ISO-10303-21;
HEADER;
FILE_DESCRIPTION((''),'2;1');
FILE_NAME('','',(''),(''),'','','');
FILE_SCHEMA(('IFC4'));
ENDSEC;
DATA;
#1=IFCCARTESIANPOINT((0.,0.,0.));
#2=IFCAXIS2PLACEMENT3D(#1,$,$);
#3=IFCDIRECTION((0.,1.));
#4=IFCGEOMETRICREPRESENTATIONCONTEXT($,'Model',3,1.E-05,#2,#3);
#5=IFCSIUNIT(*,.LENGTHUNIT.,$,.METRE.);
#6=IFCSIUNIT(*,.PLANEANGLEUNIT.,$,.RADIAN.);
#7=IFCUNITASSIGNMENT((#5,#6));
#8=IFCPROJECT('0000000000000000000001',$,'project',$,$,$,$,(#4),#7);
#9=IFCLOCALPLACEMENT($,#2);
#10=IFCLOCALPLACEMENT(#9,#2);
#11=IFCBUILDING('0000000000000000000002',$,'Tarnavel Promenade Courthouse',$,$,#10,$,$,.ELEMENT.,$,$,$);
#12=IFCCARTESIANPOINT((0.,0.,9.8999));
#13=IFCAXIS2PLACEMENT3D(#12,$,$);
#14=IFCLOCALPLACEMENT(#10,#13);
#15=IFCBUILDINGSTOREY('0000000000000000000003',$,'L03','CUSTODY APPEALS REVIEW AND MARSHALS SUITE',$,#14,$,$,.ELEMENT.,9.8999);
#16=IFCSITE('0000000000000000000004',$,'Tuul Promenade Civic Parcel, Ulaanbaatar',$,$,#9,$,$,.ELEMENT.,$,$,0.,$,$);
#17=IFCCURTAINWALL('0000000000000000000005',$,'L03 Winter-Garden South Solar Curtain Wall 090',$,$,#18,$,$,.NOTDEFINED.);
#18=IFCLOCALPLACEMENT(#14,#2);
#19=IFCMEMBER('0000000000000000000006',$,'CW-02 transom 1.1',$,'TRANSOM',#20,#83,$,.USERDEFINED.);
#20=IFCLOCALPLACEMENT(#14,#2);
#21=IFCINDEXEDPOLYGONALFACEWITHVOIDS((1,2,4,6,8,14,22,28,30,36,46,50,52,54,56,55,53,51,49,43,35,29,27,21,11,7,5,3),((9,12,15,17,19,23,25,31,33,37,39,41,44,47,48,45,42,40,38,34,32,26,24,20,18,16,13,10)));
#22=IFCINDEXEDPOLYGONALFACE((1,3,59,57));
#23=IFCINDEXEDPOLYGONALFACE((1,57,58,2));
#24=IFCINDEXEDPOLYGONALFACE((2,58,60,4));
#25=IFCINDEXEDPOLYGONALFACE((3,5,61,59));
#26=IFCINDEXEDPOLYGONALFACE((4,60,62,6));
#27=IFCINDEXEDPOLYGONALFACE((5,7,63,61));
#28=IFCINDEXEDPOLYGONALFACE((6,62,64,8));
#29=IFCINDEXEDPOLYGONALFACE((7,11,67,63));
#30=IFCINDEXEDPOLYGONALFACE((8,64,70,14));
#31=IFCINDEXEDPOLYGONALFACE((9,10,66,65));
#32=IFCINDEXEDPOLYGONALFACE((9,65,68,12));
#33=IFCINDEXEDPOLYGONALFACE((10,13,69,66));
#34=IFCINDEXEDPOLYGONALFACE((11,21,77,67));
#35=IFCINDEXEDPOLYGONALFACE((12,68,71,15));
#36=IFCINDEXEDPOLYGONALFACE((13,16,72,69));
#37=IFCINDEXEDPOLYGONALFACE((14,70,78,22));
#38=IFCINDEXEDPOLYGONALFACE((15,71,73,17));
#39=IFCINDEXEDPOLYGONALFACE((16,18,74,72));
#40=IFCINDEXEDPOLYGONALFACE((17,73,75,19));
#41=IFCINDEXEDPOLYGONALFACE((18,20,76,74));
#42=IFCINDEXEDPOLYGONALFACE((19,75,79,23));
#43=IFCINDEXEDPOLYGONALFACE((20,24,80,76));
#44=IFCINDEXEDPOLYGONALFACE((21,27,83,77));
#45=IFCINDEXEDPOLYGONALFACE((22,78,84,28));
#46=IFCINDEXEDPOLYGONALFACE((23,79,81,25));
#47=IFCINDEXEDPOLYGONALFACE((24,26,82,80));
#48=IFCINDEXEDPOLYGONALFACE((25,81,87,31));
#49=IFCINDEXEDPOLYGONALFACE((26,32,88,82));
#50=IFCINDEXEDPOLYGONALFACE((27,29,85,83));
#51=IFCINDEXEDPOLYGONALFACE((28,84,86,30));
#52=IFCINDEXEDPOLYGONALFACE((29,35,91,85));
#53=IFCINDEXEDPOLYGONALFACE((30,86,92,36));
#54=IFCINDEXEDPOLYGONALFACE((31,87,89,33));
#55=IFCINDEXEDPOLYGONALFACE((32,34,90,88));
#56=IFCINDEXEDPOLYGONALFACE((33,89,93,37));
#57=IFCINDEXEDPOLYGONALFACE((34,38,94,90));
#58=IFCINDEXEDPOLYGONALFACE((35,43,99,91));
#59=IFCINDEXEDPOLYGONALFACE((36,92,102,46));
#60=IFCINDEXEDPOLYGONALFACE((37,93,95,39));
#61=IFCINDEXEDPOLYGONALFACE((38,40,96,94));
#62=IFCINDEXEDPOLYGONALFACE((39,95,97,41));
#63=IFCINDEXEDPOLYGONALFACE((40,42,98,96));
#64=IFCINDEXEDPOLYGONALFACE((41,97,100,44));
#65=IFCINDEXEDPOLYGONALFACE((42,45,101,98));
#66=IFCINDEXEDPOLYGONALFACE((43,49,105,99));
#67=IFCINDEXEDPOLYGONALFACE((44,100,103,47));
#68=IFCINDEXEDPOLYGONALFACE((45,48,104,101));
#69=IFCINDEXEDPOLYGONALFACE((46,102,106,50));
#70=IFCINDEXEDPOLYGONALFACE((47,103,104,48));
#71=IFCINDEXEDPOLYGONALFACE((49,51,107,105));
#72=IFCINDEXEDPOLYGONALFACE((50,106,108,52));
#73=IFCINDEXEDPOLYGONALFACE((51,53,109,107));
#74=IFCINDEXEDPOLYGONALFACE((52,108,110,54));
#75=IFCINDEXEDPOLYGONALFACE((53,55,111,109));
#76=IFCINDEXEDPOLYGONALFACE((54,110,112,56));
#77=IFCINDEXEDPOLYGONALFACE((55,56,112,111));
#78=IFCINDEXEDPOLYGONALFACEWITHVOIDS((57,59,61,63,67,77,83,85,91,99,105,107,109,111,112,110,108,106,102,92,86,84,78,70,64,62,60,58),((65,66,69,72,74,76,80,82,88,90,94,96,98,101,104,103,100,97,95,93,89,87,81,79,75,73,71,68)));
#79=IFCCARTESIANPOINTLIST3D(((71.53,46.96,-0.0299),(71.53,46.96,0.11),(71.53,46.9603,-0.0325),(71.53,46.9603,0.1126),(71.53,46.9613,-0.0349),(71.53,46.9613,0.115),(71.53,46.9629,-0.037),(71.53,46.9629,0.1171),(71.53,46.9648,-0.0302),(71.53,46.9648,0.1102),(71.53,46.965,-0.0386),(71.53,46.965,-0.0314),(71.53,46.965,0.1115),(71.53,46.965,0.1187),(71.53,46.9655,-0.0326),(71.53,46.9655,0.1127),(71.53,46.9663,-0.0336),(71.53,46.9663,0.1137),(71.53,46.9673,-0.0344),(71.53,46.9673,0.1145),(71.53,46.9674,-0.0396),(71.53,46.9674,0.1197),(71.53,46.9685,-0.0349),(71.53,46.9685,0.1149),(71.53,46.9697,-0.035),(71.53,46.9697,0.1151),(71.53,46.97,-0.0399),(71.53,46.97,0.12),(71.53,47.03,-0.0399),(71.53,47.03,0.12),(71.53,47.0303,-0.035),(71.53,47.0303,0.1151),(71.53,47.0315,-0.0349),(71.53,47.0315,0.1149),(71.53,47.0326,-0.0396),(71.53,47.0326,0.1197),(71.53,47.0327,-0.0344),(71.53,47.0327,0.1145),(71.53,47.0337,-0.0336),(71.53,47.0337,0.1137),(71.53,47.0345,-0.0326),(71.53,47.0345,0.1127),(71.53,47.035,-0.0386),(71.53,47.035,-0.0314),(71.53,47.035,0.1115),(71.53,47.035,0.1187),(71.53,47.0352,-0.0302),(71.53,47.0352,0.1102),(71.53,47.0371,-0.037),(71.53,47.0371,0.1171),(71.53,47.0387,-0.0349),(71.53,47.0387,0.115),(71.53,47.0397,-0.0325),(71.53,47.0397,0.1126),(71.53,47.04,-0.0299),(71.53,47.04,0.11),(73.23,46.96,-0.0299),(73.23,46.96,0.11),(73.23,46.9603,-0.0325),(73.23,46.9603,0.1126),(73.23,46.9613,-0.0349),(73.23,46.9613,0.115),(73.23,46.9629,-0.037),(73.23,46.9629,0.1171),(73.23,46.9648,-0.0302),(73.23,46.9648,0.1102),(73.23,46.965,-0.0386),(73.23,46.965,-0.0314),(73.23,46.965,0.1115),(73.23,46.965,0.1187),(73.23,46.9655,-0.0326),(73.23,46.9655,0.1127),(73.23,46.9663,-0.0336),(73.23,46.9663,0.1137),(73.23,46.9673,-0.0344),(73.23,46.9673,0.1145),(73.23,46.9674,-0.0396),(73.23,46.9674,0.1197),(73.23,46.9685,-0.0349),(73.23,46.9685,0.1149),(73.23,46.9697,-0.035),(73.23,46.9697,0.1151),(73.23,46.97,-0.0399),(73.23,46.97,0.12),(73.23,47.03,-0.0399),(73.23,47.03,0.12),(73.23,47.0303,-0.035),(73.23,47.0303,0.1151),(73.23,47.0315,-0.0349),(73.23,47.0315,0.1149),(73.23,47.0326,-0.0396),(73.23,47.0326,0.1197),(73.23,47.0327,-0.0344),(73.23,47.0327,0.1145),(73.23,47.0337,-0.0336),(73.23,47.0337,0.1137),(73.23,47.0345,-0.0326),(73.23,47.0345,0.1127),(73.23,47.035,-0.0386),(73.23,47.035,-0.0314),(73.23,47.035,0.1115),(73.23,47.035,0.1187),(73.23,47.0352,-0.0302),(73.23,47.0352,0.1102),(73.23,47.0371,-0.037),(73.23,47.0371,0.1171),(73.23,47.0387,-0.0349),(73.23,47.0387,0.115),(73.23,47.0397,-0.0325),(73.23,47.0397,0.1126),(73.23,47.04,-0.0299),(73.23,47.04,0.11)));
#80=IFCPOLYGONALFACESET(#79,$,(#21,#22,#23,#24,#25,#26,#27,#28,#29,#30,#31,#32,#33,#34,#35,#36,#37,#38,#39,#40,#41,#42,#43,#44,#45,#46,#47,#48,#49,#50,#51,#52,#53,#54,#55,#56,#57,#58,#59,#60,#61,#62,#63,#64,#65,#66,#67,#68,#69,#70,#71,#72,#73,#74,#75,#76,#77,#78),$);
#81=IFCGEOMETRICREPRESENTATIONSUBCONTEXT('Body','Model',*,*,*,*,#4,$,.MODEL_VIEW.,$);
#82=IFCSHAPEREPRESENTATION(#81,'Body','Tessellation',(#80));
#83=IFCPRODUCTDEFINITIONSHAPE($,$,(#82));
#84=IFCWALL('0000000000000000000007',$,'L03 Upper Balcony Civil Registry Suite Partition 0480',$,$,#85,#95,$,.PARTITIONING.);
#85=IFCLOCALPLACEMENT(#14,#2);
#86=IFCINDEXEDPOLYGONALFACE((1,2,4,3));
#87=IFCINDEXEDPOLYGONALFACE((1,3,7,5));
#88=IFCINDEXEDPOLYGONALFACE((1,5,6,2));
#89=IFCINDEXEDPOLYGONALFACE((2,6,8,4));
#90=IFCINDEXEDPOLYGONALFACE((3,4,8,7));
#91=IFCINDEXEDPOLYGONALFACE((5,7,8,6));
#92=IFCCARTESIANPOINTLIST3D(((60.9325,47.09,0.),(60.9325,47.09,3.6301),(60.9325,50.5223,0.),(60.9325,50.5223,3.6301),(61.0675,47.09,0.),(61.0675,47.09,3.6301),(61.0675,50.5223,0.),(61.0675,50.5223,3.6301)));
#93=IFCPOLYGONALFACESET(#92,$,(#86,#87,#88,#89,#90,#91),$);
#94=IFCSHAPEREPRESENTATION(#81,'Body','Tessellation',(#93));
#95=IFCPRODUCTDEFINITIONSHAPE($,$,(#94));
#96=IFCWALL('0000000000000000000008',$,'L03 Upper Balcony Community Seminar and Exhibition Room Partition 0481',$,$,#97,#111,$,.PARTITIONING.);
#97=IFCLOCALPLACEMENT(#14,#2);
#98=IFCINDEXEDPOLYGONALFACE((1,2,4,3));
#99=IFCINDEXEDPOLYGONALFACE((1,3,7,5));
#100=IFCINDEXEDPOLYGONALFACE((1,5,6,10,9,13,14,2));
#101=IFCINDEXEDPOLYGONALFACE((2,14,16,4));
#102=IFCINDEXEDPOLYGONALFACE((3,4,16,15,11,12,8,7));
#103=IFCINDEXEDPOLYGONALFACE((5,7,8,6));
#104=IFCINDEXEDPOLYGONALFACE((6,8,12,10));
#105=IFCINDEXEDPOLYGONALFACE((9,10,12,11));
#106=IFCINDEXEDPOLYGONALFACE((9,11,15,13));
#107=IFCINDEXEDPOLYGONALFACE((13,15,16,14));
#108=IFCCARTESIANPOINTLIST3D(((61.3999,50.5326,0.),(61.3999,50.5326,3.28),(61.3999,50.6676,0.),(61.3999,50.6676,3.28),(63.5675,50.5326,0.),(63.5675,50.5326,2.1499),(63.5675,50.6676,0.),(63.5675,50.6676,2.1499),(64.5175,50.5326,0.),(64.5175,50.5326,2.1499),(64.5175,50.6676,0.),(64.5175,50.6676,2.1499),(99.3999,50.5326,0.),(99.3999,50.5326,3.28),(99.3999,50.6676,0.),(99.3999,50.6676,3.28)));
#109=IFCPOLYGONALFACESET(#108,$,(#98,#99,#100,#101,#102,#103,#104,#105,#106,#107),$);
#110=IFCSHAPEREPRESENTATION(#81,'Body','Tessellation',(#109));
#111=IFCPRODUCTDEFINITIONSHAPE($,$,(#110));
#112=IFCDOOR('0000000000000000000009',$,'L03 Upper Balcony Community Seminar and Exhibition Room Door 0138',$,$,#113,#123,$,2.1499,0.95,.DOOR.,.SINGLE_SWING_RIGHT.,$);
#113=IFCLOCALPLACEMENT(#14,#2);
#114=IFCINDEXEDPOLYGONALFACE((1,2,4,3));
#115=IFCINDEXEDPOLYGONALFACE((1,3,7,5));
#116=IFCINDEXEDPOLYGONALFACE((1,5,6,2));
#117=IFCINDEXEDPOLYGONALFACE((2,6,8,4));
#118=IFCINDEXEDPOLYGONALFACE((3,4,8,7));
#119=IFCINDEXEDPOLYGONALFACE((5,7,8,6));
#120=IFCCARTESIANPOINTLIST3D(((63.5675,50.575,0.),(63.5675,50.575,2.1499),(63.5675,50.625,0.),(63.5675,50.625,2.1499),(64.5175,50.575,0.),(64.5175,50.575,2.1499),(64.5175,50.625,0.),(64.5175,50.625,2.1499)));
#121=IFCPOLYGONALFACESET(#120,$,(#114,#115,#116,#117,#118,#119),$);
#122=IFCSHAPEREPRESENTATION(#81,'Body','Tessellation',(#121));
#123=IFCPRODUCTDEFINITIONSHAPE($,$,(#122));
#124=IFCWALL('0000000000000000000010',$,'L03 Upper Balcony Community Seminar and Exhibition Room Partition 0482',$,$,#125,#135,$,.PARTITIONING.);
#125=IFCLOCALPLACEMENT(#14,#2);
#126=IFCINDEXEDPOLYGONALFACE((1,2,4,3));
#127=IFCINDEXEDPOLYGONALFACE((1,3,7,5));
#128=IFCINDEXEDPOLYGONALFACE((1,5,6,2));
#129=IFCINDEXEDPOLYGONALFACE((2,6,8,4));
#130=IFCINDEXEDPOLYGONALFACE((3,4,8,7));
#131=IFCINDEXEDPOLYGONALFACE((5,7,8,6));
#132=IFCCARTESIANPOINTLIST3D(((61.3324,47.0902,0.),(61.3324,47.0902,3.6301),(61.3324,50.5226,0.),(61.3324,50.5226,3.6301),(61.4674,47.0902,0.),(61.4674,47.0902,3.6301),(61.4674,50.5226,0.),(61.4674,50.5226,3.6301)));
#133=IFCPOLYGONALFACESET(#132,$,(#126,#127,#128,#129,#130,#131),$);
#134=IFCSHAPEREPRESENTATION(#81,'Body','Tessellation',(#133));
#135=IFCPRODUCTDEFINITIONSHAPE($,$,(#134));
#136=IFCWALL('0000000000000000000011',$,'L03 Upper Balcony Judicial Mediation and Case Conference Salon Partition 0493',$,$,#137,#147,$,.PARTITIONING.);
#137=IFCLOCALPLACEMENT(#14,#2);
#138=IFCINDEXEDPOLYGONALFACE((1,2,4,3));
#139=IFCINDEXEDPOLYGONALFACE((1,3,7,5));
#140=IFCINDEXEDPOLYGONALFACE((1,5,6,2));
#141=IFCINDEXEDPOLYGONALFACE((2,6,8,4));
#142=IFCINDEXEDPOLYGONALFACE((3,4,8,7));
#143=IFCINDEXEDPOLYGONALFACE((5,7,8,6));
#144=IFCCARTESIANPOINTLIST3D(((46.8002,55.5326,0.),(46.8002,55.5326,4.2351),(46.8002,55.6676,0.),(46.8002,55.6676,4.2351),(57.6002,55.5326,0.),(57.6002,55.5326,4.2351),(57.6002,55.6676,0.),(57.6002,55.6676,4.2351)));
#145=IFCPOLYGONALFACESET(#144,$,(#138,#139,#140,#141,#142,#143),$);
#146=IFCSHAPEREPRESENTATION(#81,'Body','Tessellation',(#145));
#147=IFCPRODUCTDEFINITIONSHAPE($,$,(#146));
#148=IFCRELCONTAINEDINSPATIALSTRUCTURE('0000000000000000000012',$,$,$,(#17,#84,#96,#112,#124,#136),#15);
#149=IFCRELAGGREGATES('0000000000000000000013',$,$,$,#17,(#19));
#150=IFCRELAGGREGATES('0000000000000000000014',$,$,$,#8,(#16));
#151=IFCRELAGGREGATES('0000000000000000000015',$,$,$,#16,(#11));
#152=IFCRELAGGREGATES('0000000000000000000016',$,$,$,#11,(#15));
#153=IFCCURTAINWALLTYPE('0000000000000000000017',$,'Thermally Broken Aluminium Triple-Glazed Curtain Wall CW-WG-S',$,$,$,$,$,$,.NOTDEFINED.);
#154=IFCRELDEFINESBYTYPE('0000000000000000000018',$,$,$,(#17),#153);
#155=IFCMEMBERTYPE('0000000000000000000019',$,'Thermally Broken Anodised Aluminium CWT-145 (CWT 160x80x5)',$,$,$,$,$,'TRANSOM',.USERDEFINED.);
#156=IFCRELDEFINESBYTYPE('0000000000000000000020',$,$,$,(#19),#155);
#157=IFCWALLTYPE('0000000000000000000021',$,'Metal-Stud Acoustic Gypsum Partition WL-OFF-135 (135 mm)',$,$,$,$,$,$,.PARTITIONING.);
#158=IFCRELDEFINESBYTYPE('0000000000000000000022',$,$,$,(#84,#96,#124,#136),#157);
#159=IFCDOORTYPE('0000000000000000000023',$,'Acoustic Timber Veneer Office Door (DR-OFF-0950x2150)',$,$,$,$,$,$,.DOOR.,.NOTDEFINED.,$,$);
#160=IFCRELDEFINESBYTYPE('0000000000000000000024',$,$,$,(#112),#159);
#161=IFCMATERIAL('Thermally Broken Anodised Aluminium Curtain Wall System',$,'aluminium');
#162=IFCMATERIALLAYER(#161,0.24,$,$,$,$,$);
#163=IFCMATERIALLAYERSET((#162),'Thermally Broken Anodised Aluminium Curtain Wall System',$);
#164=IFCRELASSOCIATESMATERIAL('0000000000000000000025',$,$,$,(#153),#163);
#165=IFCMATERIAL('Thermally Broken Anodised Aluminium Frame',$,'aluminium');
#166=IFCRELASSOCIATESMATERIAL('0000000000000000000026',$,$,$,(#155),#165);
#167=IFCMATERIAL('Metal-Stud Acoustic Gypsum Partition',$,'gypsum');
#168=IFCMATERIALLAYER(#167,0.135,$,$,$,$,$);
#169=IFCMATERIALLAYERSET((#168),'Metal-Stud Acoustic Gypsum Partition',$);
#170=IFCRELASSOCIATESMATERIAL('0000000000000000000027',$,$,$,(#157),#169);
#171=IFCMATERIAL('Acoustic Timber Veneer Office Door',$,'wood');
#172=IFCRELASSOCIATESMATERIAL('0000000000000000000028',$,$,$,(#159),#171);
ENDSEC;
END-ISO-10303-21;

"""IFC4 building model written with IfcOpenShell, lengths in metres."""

from ifc_helpers import new_model, si_unit, direction, frame, frame_2d, origin, origin_2d, place, context, subcontext, project, spatial, rectangle, hollow_rectangle, extrude, material, layer, layer_set, material_profile, profile_set, type_object, element, fill, aggregate, save


model = new_model("IFC4")

# Units and contexts
model_context = context("Model", 3, precision=1e-05, world=origin(), true_north=direction((0.0, 1.0)))
body_context = subcontext(model_context, "Body", "Model", "MODEL_VIEW")
ifc_project = project(units=[si_unit("LENGTHUNIT", "METRE"), si_unit("PLANEANGLEUNIT", "RADIAN")], contexts=[model_context])

# Site, building, storey
site_placement = place(None, origin())
site = spatial("IfcSite", under=ifc_project, at=site_placement, Name="Tuul Promenade Civic Parcel, Ulaanbaatar", CompositionType="ELEMENT", RefElevation=0.0)
building_placement = place(site_placement, origin())
building = spatial("IfcBuilding", under=site, at=building_placement, Name="Tarnavel Promenade Courthouse", CompositionType="ELEMENT")
storey_placement = place(building_placement, frame((0.0, 0.0, 9.8999)))
storey = spatial("IfcBuildingStorey", under=building, at=storey_placement, Name="L03", Description="CUSTODY APPEALS REVIEW AND MARSHALS SUITE", CompositionType="ELEMENT", Elevation=9.8999)

# Curtain wall, member
ifc_material_1 = material(Name="Thermally Broken Anodised Aluminium Curtain Wall System", Category="aluminium")
ifc_layer_1 = layer(ifc_material_1, 0.24)
ifc_layer_set_1 = layer_set([ifc_layer_1], Name="Thermally Broken Anodised Aluminium Curtain Wall System")
curtain_wall_type = type_object("IfcCurtainWallType", Name="Thermally Broken Aluminium Triple-Glazed Curtain Wall CW-WG-S", PredefinedType="NOTDEFINED", material=ifc_layer_set_1)
curtain_wall_placement = place(storey_placement, origin())
curtain_wall = element("IfcCurtainWall", 1, at=curtain_wall_placement, inside=storey, type_object=curtain_wall_type, Name="L03 Winter-Garden South Solar Curtain Wall 090", PredefinedType="NOTDEFINED")
ifc_material_2 = material(Name="Thermally Broken Anodised Aluminium Frame", Category="aluminium")
ifc_material_profile_1 = material_profile(ifc_material_2, hollow_rectangle(XDim=0.0801, YDim=0.1599, WallThickness=0.0049, InnerFilletRadius=0.0049, OuterFilletRadius=0.01, at=origin_2d()), Name="CWT 160x80x5")
ifc_profile_set_1 = profile_set([ifc_material_profile_1], Name="Thermally Broken Anodised Aluminium Frame")
member_type_1 = type_object("IfcMemberType", Name="Thermally Broken Anodised Aluminium CWT-145 (CWT 160x80x5)", ElementType="TRANSOM", PredefinedType="USERDEFINED", material=ifc_profile_set_1)
member_1_placement = place(storey_placement, frame((71.53, 47.0, 0.04), z_axis=(1.0, 0.0, 0.0), x_axis=(0.0, 1.0, 0.0)))
member_1 = element("IfcMember", 2, at=member_1_placement, type_object=member_type_1, Name="CW-02 transom 1.1", ObjectType="TRANSOM", PredefinedType="USERDEFINED", context=body_context, shape_type="SweptSolid", body=[
    extrude(hollow_rectangle(XDim=0.0801, YDim=0.1599, WallThickness=0.0049, InnerFilletRadius=0.0049, OuterFilletRadius=0.01, at=origin_2d()), origin(), (0.0, 0.0, 1.0), 1.7),
])
aggregate(curtain_wall, [member_1])

# Wall
ifc_material_3 = material(Name="Metal-Stud Acoustic Gypsum Partition", Category="gypsum")
ifc_layer_2 = layer(ifc_material_3, 0.135)
ifc_layer_set_2 = layer_set([ifc_layer_2], Name="Metal-Stud Acoustic Gypsum Partition")
wall_type = type_object("IfcWallType", Name="Metal-Stud Acoustic Gypsum Partition WL-OFF-135 (135 mm)", PredefinedType="PARTITIONING", material=ifc_layer_set_2)
wall_1_placement = place(storey_placement, frame((61.0, 50.5225, 0.0), z_axis=(0.0, 0.0, 1.0), x_axis=(0.0, -1.0, 0.0)))
element("IfcWall", 3, at=wall_1_placement, inside=storey, type_object=wall_type, Name="L03 Upper Balcony Civil Registry Suite Partition 0480", PredefinedType="PARTITIONING", context=body_context, shape_type="SweptSolid", body=[
    extrude(rectangle(XDim=3.4324, YDim=0.135, at=frame_2d((1.7163, 0.0))), origin(), (0.0, 0.0, 1.0), 3.6301),
])

# Wall, opening, door
wall_2_placement = place(storey_placement, frame((61.3999, 50.6001, 0.0), z_axis=(0.0, 0.0, 1.0), x_axis=(1.0, 0.0, 0.0)))
wall_2 = element("IfcWall", 4, at=wall_2_placement, inside=storey, type_object=wall_type, Name="L03 Upper Balcony Community Seminar and Exhibition Room Partition 0481", PredefinedType="PARTITIONING", context=body_context, shape_type="SweptSolid", body=[
    extrude(rectangle(XDim=38.0, YDim=0.135, at=frame_2d((19.0, 0.0))), origin(), (0.0, 0.0, 1.0), 3.28),
])
opening_placement = place(wall_2_placement, frame((2.1675, 0.0, 0.0)))
opening = element("IfcOpeningElement", 5, at=opening_placement, cuts=wall_2, PredefinedType="OPENING", context=body_context, shape_type="SweptSolid", body=[
    extrude(rectangle(XDim=0.95, YDim=2.1499, at=frame_2d((0.4751, 1.075))), frame((0.0, 0.0774, 0.0), z_axis=(0.0, -1.0, 0.0), x_axis=(1.0, 0.0, 0.0)), (0.0, 0.0, 1.0), 0.155),
])
ifc_material_4 = material(Name="Acoustic Timber Veneer Office Door", Category="wood")
door_type = type_object("IfcDoorType", Name="Acoustic Timber Veneer Office Door (DR-OFF-0950x2150)", OperationType="NOTDEFINED", PredefinedType="DOOR", material=ifc_material_4)
door_placement = place(opening_placement, origin())
door = element("IfcDoor", 6, at=door_placement, inside=storey, type_object=door_type, Name="L03 Upper Balcony Community Seminar and Exhibition Room Door 0138", OperationType="SINGLE_SWING_RIGHT", OverallHeight=2.1499, OverallWidth=0.95, PredefinedType="DOOR", context=body_context, shape_type="SweptSolid", body=[
    extrude(rectangle(XDim=0.95, YDim=2.1499, at=frame_2d((0.4751, 1.075))), frame((0.0, 0.0249, 0.0), z_axis=(0.0, -1.0, 0.0), x_axis=(1.0, 0.0, 0.0)), (0.0, 0.0, 1.0), 0.05),
])
fill(opening, door)

# Walls
wall_3_placement = place(storey_placement, frame((61.3999, 47.0901, 0.0), z_axis=(0.0, 0.0, 1.0), x_axis=(0.0, 1.0, 0.0)))
element("IfcWall", 7, at=wall_3_placement, inside=storey, type_object=wall_type, Name="L03 Upper Balcony Community Seminar and Exhibition Room Partition 0482", PredefinedType="PARTITIONING", context=body_context, shape_type="SweptSolid", body=[
    extrude(rectangle(XDim=3.4324, YDim=0.135, at=frame_2d((1.7163, 0.0))), origin(), (0.0, 0.0, 1.0), 3.6301),
])
wall_4_placement = place(storey_placement, frame((57.6001, 55.6001, 0.0), z_axis=(0.0, 0.0, 1.0), x_axis=(-1.0, 0.0, 0.0)))
element("IfcWall", 8, at=wall_4_placement, inside=storey, type_object=wall_type, Name="L03 Upper Balcony Judicial Mediation and Case Conference Salon Partition 0493", PredefinedType="PARTITIONING", context=body_context, shape_type="SweptSolid", body=[
    extrude(rectangle(XDim=10.8, YDim=0.135, at=frame_2d((5.3999, 0.0))), origin(), (0.0, 0.0, 1.0), 4.2351),
])

save(model, "model.ifc")
